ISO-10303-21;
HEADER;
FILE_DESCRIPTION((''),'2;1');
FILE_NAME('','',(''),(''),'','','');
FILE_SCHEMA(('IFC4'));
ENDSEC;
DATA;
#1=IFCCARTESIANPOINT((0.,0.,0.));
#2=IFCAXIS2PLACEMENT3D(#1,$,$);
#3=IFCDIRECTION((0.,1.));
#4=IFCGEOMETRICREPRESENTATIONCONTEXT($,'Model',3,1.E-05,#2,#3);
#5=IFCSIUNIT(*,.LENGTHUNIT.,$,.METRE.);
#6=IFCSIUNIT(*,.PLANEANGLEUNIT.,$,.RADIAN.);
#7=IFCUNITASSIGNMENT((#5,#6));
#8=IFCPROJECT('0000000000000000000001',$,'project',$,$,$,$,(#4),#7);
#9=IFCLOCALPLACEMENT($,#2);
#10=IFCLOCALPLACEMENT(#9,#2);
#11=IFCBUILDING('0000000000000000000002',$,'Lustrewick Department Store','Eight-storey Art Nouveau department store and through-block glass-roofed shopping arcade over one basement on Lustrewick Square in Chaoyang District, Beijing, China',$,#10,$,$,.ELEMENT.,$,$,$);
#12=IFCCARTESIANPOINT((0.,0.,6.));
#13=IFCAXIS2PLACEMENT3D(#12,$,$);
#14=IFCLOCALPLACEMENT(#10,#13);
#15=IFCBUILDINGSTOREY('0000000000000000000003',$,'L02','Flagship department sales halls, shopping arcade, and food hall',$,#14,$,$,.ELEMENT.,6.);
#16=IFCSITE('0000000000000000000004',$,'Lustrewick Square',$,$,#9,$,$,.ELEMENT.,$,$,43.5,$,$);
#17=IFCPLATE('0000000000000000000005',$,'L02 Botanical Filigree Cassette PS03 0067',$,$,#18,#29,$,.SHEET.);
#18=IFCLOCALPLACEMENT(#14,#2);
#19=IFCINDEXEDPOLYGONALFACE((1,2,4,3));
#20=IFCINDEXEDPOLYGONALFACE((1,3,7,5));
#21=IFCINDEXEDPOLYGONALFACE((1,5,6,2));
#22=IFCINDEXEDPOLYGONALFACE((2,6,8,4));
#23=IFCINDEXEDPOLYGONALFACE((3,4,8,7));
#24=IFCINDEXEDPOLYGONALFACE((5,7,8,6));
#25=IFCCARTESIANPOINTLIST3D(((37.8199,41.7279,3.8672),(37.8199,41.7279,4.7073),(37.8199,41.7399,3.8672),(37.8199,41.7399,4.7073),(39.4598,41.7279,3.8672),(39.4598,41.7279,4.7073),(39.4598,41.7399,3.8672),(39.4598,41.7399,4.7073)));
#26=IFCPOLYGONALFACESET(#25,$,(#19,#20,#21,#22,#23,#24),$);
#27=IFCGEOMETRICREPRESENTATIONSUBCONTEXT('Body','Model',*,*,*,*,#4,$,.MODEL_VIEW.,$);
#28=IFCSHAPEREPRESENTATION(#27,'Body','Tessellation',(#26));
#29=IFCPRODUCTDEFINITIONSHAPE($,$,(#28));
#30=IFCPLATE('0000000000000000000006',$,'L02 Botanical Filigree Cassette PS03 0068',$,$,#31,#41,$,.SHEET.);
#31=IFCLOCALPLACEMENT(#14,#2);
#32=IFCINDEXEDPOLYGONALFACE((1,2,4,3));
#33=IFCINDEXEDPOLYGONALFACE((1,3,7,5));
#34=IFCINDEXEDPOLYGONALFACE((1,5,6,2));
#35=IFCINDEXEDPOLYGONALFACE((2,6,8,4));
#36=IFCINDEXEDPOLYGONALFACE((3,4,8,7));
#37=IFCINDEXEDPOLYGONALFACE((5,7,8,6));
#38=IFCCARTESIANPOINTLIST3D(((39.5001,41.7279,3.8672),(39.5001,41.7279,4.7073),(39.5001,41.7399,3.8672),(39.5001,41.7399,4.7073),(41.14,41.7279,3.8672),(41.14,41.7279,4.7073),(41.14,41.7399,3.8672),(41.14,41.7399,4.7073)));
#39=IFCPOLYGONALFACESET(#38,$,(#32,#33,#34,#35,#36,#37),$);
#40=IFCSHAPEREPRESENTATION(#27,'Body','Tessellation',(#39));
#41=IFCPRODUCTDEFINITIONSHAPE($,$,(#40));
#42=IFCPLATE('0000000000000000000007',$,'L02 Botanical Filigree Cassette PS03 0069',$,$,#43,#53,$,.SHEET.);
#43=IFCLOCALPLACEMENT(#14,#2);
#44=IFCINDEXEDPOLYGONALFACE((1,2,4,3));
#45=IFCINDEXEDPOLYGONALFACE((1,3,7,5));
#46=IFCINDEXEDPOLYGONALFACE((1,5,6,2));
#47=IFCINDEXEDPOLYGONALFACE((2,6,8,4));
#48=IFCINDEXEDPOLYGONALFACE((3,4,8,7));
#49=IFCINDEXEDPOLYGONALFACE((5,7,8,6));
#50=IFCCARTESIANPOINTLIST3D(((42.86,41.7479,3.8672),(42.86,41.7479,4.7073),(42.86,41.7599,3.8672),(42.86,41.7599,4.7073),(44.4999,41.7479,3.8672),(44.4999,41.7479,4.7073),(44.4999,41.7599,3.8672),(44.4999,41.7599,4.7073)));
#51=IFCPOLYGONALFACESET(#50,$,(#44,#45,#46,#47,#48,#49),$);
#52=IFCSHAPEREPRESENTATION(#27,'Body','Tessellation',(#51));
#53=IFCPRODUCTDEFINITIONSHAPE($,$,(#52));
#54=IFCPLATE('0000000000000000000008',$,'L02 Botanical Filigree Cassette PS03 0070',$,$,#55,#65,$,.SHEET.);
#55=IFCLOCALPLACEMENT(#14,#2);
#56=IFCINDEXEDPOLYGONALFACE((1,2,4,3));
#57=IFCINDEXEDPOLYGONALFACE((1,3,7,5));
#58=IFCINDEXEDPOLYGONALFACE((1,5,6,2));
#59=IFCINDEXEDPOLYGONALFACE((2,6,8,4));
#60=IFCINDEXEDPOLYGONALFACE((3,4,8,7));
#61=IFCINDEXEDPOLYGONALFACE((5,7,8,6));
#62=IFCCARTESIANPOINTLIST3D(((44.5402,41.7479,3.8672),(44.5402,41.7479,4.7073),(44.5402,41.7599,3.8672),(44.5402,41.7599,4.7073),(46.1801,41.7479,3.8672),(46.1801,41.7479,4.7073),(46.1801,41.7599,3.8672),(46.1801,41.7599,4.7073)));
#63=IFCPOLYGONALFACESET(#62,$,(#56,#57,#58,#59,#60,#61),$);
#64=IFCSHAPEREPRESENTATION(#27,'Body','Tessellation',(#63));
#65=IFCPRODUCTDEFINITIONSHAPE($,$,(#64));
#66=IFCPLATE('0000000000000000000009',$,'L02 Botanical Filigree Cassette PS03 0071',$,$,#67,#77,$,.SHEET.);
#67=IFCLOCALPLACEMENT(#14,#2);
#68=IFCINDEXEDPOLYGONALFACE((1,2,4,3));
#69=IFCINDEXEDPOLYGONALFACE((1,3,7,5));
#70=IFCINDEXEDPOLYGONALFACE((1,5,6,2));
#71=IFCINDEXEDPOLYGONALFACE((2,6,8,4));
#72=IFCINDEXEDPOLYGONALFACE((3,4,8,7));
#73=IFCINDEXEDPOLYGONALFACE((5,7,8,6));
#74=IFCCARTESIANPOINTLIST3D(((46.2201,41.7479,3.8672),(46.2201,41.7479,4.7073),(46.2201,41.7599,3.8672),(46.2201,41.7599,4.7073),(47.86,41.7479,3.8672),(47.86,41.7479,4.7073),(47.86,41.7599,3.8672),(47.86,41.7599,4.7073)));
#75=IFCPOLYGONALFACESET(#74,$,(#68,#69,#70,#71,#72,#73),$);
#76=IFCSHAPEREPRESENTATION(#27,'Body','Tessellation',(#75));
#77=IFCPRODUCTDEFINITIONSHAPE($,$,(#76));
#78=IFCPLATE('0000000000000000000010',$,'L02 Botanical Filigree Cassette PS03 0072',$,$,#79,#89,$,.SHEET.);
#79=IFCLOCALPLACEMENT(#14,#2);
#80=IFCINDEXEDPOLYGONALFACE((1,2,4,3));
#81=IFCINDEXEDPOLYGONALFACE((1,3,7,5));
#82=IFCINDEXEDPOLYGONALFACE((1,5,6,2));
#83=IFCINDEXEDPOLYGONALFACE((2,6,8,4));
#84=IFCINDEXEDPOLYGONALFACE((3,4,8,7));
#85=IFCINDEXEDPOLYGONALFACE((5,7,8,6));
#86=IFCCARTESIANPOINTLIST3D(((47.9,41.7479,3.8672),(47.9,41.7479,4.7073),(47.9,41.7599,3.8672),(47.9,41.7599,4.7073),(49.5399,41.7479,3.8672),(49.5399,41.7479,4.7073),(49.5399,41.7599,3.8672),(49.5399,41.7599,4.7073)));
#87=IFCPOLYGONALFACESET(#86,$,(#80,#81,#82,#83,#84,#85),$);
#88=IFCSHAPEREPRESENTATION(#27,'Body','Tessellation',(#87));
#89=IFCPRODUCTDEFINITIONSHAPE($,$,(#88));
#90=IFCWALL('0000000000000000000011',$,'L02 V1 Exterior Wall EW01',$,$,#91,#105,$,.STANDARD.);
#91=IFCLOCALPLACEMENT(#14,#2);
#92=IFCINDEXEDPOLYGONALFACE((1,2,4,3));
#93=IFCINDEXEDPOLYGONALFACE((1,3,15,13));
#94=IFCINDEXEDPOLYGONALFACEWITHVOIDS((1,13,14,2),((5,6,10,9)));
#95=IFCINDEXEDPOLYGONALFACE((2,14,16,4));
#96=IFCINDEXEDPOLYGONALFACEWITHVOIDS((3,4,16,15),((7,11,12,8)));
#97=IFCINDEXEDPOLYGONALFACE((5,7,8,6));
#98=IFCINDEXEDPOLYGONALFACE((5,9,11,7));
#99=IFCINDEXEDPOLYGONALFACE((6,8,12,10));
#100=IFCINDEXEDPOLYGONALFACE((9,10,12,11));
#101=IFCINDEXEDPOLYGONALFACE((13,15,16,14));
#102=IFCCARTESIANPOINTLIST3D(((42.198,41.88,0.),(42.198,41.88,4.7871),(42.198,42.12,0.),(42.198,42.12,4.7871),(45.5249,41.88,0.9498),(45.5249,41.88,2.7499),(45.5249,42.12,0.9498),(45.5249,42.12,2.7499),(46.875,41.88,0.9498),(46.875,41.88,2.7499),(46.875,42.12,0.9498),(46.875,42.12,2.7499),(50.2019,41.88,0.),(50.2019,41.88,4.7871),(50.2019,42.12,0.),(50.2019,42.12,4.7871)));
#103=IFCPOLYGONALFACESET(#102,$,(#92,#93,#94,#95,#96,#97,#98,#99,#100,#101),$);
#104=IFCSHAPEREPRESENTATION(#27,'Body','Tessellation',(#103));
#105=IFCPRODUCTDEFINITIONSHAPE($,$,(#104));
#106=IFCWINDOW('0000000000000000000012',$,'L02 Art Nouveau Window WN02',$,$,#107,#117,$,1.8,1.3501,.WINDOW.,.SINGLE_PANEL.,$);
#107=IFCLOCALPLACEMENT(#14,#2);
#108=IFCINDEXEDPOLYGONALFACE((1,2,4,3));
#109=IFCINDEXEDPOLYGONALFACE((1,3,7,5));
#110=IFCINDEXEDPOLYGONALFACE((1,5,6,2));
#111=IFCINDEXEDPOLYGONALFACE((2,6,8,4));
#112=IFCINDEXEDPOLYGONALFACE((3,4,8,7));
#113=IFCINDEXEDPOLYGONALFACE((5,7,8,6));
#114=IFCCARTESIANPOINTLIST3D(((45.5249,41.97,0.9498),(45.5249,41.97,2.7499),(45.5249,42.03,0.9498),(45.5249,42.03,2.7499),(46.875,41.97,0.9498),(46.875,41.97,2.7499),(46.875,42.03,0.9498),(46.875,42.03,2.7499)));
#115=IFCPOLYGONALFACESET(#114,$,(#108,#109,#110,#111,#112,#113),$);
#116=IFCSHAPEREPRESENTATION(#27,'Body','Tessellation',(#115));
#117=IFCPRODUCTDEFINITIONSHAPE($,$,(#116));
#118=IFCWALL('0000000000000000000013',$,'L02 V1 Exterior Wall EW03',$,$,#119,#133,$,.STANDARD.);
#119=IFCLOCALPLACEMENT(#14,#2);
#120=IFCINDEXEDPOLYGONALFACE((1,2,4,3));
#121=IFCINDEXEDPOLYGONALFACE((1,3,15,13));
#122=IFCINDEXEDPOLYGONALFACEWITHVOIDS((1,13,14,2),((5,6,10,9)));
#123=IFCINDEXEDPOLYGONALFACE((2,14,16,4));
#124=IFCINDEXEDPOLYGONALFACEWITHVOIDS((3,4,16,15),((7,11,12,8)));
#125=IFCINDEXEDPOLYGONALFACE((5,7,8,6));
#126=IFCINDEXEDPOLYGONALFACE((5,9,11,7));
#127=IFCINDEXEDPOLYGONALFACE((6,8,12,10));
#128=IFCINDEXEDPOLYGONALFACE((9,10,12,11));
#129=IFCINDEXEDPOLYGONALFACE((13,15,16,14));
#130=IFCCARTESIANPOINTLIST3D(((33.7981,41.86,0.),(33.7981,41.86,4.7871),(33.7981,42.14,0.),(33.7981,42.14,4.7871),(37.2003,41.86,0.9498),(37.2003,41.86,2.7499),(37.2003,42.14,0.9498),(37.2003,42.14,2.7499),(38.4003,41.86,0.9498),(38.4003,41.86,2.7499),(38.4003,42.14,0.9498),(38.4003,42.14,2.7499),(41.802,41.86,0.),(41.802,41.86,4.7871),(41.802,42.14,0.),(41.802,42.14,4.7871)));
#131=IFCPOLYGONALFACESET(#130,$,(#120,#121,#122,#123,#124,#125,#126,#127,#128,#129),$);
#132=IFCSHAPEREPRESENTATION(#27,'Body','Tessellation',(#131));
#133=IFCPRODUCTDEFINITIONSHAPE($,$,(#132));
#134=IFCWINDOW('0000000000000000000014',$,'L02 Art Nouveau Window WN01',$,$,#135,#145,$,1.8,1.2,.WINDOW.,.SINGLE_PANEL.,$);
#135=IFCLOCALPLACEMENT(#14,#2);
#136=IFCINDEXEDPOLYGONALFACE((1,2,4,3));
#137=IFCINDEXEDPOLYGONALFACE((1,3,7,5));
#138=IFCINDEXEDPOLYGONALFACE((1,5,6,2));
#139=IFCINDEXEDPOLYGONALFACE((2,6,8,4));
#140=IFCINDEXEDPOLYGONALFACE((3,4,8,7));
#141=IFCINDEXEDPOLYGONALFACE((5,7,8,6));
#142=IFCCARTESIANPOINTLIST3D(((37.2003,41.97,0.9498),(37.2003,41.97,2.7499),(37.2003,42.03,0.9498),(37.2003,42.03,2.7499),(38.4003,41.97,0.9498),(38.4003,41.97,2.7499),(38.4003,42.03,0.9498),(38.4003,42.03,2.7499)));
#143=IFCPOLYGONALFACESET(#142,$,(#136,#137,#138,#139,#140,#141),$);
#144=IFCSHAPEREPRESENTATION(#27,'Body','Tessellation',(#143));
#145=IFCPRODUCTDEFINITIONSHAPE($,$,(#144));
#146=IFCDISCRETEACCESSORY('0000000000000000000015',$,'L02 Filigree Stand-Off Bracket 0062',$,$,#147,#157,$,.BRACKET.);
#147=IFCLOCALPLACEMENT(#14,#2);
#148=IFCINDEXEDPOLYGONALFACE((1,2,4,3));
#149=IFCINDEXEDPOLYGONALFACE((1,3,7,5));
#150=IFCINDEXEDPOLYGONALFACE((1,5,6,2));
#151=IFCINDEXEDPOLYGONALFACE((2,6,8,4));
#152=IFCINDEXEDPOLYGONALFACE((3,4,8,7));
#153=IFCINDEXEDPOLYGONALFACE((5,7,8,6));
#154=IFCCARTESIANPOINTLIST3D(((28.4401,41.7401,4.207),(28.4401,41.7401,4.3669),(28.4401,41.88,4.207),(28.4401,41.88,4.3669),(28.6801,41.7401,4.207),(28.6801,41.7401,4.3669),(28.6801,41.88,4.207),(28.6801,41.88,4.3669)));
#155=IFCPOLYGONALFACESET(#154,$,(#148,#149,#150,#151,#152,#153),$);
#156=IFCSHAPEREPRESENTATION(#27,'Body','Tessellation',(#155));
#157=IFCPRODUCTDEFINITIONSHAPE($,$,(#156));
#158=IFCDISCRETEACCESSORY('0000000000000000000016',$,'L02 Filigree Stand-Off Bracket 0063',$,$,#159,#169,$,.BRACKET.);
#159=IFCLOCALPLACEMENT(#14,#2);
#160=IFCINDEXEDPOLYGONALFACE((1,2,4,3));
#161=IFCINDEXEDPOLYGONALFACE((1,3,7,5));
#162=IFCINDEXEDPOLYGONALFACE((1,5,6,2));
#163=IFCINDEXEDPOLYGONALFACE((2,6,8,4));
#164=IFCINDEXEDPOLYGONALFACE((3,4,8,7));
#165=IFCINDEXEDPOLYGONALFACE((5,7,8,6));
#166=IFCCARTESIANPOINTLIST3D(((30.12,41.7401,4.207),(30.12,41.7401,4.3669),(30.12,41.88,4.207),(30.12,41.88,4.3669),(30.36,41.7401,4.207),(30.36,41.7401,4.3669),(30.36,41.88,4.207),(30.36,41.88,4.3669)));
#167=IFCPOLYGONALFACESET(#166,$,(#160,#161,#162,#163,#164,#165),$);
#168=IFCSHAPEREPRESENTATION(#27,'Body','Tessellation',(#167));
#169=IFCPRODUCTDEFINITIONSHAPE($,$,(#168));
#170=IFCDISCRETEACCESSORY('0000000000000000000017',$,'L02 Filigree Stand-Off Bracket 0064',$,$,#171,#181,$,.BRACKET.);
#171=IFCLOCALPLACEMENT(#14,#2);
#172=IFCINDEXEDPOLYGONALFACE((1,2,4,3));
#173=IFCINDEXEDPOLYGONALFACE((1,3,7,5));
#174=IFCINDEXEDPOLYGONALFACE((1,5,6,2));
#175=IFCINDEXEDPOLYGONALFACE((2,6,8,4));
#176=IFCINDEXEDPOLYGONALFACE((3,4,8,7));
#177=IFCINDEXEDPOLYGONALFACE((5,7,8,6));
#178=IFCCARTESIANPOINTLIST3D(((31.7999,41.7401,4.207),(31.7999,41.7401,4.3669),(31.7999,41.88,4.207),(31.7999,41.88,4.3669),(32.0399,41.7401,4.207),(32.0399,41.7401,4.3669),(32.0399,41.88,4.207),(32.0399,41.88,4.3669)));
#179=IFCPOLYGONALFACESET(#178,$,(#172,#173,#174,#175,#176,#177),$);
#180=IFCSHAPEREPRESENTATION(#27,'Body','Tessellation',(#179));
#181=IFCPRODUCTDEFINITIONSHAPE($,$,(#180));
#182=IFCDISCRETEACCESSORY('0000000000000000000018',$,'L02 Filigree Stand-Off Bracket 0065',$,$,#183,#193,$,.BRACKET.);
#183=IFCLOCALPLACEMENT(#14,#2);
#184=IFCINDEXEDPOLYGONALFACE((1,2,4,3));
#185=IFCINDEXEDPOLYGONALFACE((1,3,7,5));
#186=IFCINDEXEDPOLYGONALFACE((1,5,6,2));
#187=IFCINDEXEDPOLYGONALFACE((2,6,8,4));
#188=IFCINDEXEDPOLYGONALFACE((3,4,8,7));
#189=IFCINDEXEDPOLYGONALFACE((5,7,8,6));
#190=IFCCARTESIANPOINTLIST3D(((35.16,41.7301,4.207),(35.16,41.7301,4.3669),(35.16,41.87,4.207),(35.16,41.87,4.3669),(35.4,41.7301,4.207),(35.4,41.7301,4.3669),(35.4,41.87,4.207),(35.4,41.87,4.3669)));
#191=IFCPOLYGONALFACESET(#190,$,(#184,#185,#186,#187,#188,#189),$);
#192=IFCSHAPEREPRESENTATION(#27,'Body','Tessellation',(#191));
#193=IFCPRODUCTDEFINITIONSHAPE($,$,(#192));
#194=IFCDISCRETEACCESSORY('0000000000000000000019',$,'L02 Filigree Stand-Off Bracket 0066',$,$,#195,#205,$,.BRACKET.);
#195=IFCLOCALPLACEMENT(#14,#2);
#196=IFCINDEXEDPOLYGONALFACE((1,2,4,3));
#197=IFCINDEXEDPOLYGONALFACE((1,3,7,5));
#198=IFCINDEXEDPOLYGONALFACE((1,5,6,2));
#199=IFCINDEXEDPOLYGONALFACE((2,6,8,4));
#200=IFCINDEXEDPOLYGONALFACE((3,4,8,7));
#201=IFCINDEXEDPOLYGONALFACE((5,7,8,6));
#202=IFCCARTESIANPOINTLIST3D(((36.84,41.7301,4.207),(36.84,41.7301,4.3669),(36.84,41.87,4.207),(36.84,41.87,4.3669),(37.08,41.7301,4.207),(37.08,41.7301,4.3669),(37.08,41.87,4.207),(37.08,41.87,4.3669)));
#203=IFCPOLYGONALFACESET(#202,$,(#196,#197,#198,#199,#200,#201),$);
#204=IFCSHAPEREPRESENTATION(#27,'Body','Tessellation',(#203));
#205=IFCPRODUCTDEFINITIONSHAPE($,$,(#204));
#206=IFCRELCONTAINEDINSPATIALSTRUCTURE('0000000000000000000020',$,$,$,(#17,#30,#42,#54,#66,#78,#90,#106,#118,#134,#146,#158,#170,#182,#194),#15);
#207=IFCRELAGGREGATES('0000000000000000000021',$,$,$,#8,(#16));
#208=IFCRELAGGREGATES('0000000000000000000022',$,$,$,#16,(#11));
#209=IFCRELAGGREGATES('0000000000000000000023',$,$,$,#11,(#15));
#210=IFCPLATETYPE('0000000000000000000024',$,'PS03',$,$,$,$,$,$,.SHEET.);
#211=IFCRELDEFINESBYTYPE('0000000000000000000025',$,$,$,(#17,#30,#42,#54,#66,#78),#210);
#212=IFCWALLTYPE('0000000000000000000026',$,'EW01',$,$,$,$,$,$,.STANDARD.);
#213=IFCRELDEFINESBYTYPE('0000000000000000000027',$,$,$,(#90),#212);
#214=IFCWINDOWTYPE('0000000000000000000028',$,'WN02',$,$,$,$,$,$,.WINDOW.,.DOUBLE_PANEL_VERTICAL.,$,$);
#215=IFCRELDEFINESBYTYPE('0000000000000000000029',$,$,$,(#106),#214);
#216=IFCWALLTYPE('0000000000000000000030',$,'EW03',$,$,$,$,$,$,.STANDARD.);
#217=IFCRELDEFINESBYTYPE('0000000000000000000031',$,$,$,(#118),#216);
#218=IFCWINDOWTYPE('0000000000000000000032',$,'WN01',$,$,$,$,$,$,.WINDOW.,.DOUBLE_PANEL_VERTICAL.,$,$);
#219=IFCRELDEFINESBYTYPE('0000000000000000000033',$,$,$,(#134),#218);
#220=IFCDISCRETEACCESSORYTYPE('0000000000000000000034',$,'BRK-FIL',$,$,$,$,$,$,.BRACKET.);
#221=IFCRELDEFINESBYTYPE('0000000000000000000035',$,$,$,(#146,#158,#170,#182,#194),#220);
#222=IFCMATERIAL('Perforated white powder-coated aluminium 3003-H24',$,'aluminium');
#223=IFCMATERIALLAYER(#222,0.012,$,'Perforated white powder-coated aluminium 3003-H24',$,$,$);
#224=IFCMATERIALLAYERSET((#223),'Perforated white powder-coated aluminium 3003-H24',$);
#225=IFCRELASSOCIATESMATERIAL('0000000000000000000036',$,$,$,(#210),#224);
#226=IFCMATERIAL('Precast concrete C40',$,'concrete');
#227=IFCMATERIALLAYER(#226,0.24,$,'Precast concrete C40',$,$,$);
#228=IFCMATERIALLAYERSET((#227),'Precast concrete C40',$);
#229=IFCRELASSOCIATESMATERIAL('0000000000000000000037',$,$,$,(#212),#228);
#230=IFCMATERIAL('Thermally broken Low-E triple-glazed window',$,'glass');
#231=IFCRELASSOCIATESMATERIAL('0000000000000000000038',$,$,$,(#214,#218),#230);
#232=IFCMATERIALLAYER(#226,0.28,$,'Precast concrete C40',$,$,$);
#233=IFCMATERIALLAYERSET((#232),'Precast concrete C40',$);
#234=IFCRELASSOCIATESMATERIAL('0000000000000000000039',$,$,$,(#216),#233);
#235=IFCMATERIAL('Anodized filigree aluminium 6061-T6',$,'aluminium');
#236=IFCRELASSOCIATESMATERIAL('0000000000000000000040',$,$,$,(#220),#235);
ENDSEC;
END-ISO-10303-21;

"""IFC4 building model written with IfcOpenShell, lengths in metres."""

from ifc_helpers import new_model, si_unit, direction, frame, frame_2d, origin, origin_2d, place, context, subcontext, project, spatial, rectangle, extrude, material, layer, layer_set, type_object, element, fill, save


model = new_model("IFC4")

# Units and contexts
model_context = context("Model", 3, precision=1e-05, world=origin(), true_north=direction((0.0, 1.0)))
body_context = subcontext(model_context, "Body", "Model", "MODEL_VIEW")
ifc_project = project(units=[si_unit("LENGTHUNIT", "METRE"), si_unit("PLANEANGLEUNIT", "RADIAN")], contexts=[model_context])

# Site, building, storey
site_placement = place(None, origin())
site = spatial("IfcSite", under=ifc_project, at=site_placement, Name="Lustrewick Square", CompositionType="ELEMENT", RefElevation=43.5)
building_placement = place(site_placement, origin())
building = spatial("IfcBuilding", under=site, at=building_placement, Name="Lustrewick Department Store", Description="Eight-storey Art Nouveau department store and through-block glass-roofed shopping arcade over one basement on Lustrewick Square in Chaoyang District, Beijing, China", CompositionType="ELEMENT")
storey_placement = place(building_placement, frame((0.0, 0.0, 6.0)))
storey = spatial("IfcBuildingStorey", under=building, at=storey_placement, Name="L02", Description="Flagship department sales halls, shopping arcade, and food hall", CompositionType="ELEMENT", Elevation=6.0)

# Plates
ifc_material_1 = material(Name="Perforated white powder-coated aluminium 3003-H24", Category="aluminium")
ifc_layer_1 = layer(ifc_material_1, 0.012, Name="Perforated white powder-coated aluminium 3003-H24")
ifc_layer_set_1 = layer_set([ifc_layer_1], Name="Perforated white powder-coated aluminium 3003-H24")
plate_type = type_object("IfcPlateType", Name="PS03", PredefinedType="SHEET", material=ifc_layer_set_1)
for number, where, z_axis, x_axis, name in (
    (1, (38.6399, 41.7339, 3.8672), (0.0, 0.0, 1.0), (1.0, 0.0, 0.0), "L02 Botanical Filigree Cassette PS03 0067"),
    (2, (40.3201, 41.7339, 3.8672), (0.0, 0.0, 1.0), (1.0, 0.0, 0.0), "L02 Botanical Filigree Cassette PS03 0068"),
    (3, (43.6799, 41.7539, 3.8672), (0.0, 0.0, 1.0), (1.0, 0.0, 0.0), "L02 Botanical Filigree Cassette PS03 0069"),
    (4, (45.3601, 41.7539, 3.8672), (0.0, 0.0, 1.0), (1.0, 0.0, 0.0), "L02 Botanical Filigree Cassette PS03 0070"),
    (5, (47.04, 41.7539, 3.8672), (0.0, 0.0, 1.0), (1.0, 0.0, 0.0), "L02 Botanical Filigree Cassette PS03 0071"),
    (6, (48.72, 41.7539, 3.8672), (0.0, 0.0, 1.0), (1.0, 0.0, 0.0), "L02 Botanical Filigree Cassette PS03 0072"),
):
    element("IfcPlate", number, at=place(storey_placement, frame(where, z_axis=z_axis, x_axis=x_axis)), inside=storey, type_object=plate_type, Name=name, PredefinedType="SHEET", context=body_context, shape_type="SweptSolid", body=[
        extrude(rectangle(XDim=1.6399, YDim=0.012, at=origin_2d()), origin(), (0.0, 0.0, 1.0), 0.8401),
    ])

# Walls, openings, windows
ifc_material_2 = material(Name="Precast concrete C40", Category="concrete")
ifc_layer_2 = layer(ifc_material_2, 0.24, Name="Precast concrete C40")
ifc_layer_set_2 = layer_set([ifc_layer_2], Name="Precast concrete C40")
wall_type_1 = type_object("IfcWallType", Name="EW01", PredefinedType="STANDARD", material=ifc_layer_set_2)
wall_1_placement = place(storey_placement, frame((42.198, 42.0, 0.0), z_axis=(0.0, 0.0, 1.0), x_axis=(1.0, 0.0, 0.0)))
wall_1 = element("IfcWall", 7, at=wall_1_placement, inside=storey, type_object=wall_type_1, Name="L02 V1 Exterior Wall EW01", PredefinedType="STANDARD", context=body_context, shape_type="SweptSolid", body=[
    extrude(rectangle(XDim=8.0039, YDim=0.24, at=frame_2d((4.002, 0.0))), origin(), (0.0, 0.0, 1.0), 4.7871),
])
opening_1_placement = place(wall_1_placement, frame((3.3269, 0.0, 0.95)))
opening_1 = element("IfcOpeningElement", 8, at=opening_1_placement, cuts=wall_1, PredefinedType="OPENING", context=body_context, shape_type="SweptSolid", body=[
    extrude(rectangle(XDim=1.3501, YDim=1.8, at=frame_2d((0.675, 0.8999))), frame((0.0, 0.1299, 0.0), z_axis=(0.0, -1.0, 0.0), x_axis=(1.0, 0.0, 0.0)), (0.0, 0.0, 1.0), 0.26),
])
ifc_material_3 = material(Name="Thermally broken Low-E triple-glazed window", Category="glass")
window_type_1 = type_object("IfcWindowType", Name="WN02", PartitioningType="DOUBLE_PANEL_VERTICAL", PredefinedType="WINDOW", material=ifc_material_3)
window_1_placement = place(opening_1_placement, origin())
window_1 = element("IfcWindow", 9, at=window_1_placement, inside=storey, type_object=window_type_1, Name="L02 Art Nouveau Window WN02", OverallHeight=1.8, OverallWidth=1.3501, PartitioningType="SINGLE_PANEL", PredefinedType="WINDOW", context=body_context, shape_type="SweptSolid", body=[
    extrude(rectangle(XDim=1.3501, YDim=1.8, at=frame_2d((0.675, 0.8999))), frame((0.0, 0.03, 0.0), z_axis=(0.0, -1.0, 0.0), x_axis=(1.0, 0.0, 0.0)), (0.0, 0.0, 1.0), 0.0601),
])
fill(opening_1, window_1)
ifc_layer_3 = layer(ifc_material_2, 0.28, Name="Precast concrete C40")
ifc_layer_set_3 = layer_set([ifc_layer_3], Name="Precast concrete C40")
wall_type_2 = type_object("IfcWallType", Name="EW03", PredefinedType="STANDARD", material=ifc_layer_set_3)
wall_2_placement = place(storey_placement, frame((33.7981, 42.0, 0.0), z_axis=(0.0, 0.0, 1.0), x_axis=(1.0, 0.0, 0.0)))
wall_2 = element("IfcWall", 10, at=wall_2_placement, inside=storey, type_object=wall_type_2, Name="L02 V1 Exterior Wall EW03", PredefinedType="STANDARD", context=body_context, shape_type="SweptSolid", body=[
    extrude(rectangle(XDim=8.0039, YDim=0.28, at=frame_2d((4.002, 0.0))), origin(), (0.0, 0.0, 1.0), 4.7871),
])
opening_2_placement = place(wall_2_placement, frame((3.4021, 0.0, 0.95)))
opening_2 = element("IfcOpeningElement", 11, at=opening_2_placement, cuts=wall_2, PredefinedType="OPENING", context=body_context, shape_type="SweptSolid", body=[
    extrude(rectangle(XDim=1.2, YDim=1.8, at=frame_2d((0.6001, 0.8999))), frame((0.0, 0.1499, 0.0), z_axis=(0.0, -1.0, 0.0), x_axis=(1.0, 0.0, 0.0)), (0.0, 0.0, 1.0), 0.3),
])
window_type_2 = type_object("IfcWindowType", Name="WN01", PartitioningType="DOUBLE_PANEL_VERTICAL", PredefinedType="WINDOW", material=ifc_material_3)
window_2_placement = place(opening_2_placement, origin())
window_2 = element("IfcWindow", 12, at=window_2_placement, inside=storey, type_object=window_type_2, Name="L02 Art Nouveau Window WN01", OverallHeight=1.8, OverallWidth=1.2, PartitioningType="SINGLE_PANEL", PredefinedType="WINDOW", context=body_context, shape_type="SweptSolid", body=[
    extrude(rectangle(XDim=1.2, YDim=1.8, at=frame_2d((0.6001, 0.8999))), frame((0.0, 0.03, 0.0), z_axis=(0.0, -1.0, 0.0), x_axis=(1.0, 0.0, 0.0)), (0.0, 0.0, 1.0), 0.0601),
])
fill(opening_2, window_2)

# Discrete accessories
ifc_material_4 = material(Name="Anodized filigree aluminium 6061-T6", Category="aluminium")
discrete_accessory_type = type_object("IfcDiscreteAccessoryType", Name="BRK-FIL", PredefinedType="BRACKET", material=ifc_material_4)
for number, where, z_axis, x_axis, name in (
    (13, (28.5601, 41.8101, 4.207), (0.0, 0.0, 1.0), (1.0, 0.0, 0.0), "L02 Filigree Stand-Off Bracket 0062"),
    (14, (30.24, 41.8101, 4.207), (0.0, 0.0, 1.0), (1.0, 0.0, 0.0), "L02 Filigree Stand-Off Bracket 0063"),
    (15, (31.9199, 41.8101, 4.207), (0.0, 0.0, 1.0), (1.0, 0.0, 0.0), "L02 Filigree Stand-Off Bracket 0064"),
    (16, (35.28, 41.8, 4.207), (0.0, 0.0, 1.0), (1.0, 0.0, 0.0), "L02 Filigree Stand-Off Bracket 0065"),
    (17, (36.96, 41.8, 4.207), (0.0, 0.0, 1.0), (1.0, 0.0, 0.0), "L02 Filigree Stand-Off Bracket 0066"),
):
    element("IfcDiscreteAccessory", number, at=place(storey_placement, frame(where, z_axis=z_axis, x_axis=x_axis)), inside=storey, type_object=discrete_accessory_type, Name=name, PredefinedType="BRACKET", context=body_context, shape_type="SweptSolid", body=[
        extrude(rectangle(XDim=0.24, YDim=0.1399, at=origin_2d()), origin(), (0.0, 0.0, 1.0), 0.1599),
    ])

save(model, "model.ifc")
